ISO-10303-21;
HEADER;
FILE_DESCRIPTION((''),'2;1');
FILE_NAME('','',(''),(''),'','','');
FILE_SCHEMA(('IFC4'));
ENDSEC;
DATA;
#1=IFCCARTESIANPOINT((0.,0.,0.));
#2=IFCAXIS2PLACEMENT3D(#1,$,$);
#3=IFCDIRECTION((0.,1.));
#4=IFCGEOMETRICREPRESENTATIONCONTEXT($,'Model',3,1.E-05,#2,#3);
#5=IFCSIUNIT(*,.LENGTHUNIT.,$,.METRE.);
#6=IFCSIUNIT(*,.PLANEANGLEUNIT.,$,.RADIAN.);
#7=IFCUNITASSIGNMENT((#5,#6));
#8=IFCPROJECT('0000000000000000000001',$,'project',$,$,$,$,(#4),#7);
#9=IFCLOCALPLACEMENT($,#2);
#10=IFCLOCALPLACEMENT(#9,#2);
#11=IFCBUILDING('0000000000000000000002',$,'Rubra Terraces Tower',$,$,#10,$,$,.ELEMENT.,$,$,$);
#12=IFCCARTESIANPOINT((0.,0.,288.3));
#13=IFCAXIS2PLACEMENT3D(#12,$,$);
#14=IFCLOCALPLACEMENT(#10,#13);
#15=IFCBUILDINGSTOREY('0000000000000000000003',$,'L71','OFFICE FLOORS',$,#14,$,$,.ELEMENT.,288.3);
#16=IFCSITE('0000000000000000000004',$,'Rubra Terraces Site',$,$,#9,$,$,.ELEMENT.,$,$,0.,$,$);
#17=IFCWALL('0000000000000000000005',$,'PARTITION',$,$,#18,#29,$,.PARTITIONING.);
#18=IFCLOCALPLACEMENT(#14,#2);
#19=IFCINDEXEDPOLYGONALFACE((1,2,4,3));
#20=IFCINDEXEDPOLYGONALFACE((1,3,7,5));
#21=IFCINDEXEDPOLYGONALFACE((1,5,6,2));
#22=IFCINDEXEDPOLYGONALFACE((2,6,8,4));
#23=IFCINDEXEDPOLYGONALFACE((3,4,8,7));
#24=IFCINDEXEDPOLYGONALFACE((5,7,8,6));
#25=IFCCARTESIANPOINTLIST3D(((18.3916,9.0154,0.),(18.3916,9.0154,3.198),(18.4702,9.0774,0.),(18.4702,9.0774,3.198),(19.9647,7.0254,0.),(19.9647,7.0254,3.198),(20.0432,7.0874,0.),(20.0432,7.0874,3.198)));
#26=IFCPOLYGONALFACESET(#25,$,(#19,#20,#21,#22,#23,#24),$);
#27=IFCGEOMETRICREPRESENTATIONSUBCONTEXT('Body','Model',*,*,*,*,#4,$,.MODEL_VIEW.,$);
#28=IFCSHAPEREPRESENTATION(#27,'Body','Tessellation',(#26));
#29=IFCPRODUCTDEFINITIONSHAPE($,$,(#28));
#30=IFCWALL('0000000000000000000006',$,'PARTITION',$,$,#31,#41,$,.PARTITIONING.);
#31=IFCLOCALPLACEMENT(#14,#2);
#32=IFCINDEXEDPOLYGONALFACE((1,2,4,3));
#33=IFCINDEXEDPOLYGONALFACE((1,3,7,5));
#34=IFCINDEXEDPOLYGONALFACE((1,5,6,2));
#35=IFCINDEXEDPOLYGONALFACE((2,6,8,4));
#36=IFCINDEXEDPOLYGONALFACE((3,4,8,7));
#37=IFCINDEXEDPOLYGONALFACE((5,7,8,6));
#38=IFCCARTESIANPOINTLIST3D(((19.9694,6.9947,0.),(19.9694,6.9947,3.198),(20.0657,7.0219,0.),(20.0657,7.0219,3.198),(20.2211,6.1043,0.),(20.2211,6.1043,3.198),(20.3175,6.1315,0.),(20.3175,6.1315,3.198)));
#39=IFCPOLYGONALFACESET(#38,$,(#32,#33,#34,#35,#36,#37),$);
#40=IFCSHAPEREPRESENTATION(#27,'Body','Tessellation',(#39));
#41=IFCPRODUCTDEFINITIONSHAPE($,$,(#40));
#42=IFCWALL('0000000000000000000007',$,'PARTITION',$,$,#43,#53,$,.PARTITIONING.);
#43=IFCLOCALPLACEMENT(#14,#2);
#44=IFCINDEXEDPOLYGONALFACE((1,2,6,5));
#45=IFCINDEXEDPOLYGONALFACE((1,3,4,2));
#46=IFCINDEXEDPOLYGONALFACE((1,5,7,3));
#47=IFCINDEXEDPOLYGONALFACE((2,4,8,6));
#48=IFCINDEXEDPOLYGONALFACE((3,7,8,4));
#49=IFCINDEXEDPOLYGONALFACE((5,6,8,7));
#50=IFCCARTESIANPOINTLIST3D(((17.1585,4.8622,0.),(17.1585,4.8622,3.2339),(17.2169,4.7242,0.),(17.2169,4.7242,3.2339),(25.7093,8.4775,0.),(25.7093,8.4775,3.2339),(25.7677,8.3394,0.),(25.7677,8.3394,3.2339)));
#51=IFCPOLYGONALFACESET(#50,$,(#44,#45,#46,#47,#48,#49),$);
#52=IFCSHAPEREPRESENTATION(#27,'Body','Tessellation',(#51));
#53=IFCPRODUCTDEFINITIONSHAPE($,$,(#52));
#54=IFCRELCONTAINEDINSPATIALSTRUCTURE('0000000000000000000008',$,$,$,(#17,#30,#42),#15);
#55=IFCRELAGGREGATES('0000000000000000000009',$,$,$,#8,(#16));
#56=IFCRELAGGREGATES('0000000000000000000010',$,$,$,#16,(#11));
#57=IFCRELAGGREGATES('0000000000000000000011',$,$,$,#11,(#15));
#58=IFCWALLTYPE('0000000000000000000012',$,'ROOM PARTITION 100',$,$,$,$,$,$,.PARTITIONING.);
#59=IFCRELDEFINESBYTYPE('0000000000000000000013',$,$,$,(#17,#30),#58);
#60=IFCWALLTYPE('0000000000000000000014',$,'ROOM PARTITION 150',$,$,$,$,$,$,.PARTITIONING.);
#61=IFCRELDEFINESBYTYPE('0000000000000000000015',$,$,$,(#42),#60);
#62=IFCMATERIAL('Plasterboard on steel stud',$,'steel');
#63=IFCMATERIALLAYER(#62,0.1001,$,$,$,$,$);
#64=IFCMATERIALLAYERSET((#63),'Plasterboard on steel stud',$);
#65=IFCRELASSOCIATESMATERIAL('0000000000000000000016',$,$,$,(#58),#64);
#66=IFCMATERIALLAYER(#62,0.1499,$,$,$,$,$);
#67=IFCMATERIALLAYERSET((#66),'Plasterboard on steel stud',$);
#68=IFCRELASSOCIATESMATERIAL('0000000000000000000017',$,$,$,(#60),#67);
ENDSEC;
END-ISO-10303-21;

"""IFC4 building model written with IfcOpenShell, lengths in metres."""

from ifc_helpers import new_model, si_unit, direction, frame, frame_2d, origin, place, context, subcontext, project, spatial, rectangle, extrude, material, layer, layer_set, type_object, element, save


model = new_model("IFC4")

# Units and contexts
model_context = context("Model", 3, precision=1e-05, world=origin(), true_north=direction((0.0, 1.0)))
body_context = subcontext(model_context, "Body", "Model", "MODEL_VIEW")
ifc_project = project(units=[si_unit("LENGTHUNIT", "METRE"), si_unit("PLANEANGLEUNIT", "RADIAN")], contexts=[model_context])

# Site, building, storey
site_placement = place(None, origin())
site = spatial("IfcSite", under=ifc_project, at=site_placement, Name="Rubra Terraces Site", CompositionType="ELEMENT", RefElevation=0.0)
building_placement = place(site_placement, origin())
building = spatial("IfcBuilding", under=site, at=building_placement, Name="Rubra Terraces Tower", CompositionType="ELEMENT")
storey_placement = place(building_placement, frame((0.0, 0.0, 288.3)))
storey = spatial("IfcBuildingStorey", under=building, at=storey_placement, Name="L71", Description="OFFICE FLOORS", CompositionType="ELEMENT", Elevation=288.3)

# Shared definitions
ifc_material_1 = material(Name="Plasterboard on steel stud", Category="steel")
ifc_layer_1 = layer(ifc_material_1, 0.1001)
ifc_layer_set_1 = layer_set([ifc_layer_1], Name="Plasterboard on steel stud")
wall_type_1 = type_object("IfcWallType", Name="ROOM PARTITION 100", PredefinedType="PARTITIONING", material=ifc_layer_set_1)

# Walls
wall_1_placement = place(storey_placement, frame((18.4309, 9.0464, 0.0), z_axis=(0.0, 0.0, 1.0), x_axis=(0.620119, -0.784508, 0.0)))
element("IfcWall", 1, at=wall_1_placement, inside=storey, type_object=wall_type_1, Name="PARTITION", PredefinedType="PARTITIONING", context=body_context, shape_type="SweptSolid", body=[
    extrude(rectangle(XDim=2.5366, YDim=0.1001, at=frame_2d((1.2683, 0.0))), origin(), (0.0, 0.0, 1.0), 3.198),
])
wall_2_placement = place(storey_placement, frame((20.0176, 7.0083, 0.0), z_axis=(0.0, 0.0, 1.0), x_axis=(0.272037, -0.962287, 0.0)))
element("IfcWall", 2, at=wall_2_placement, inside=storey, type_object=wall_type_1, Name="PARTITION", PredefinedType="PARTITIONING", context=body_context, shape_type="SweptSolid", body=[
    extrude(rectangle(XDim=0.9253, YDim=0.1001, at=frame_2d((0.4626, 0.0))), origin(), (0.0, 0.0, 1.0), 3.198),
])
ifc_layer_2 = layer(ifc_material_1, 0.1499)
ifc_layer_set_2 = layer_set([ifc_layer_2], Name="Plasterboard on steel stud")
wall_type_2 = type_object("IfcWallType", Name="ROOM PARTITION 150", PredefinedType="PARTITIONING", material=ifc_layer_set_2)
wall_3_placement = place(storey_placement, frame((25.7385, 8.4084, 0.0), z_axis=(0.0, 0.0, 1.0), x_axis=(-0.92106, -0.38942, 0.0)))
element("IfcWall", 3, at=wall_3_placement, inside=storey, type_object=wall_type_2, Name="PARTITION", PredefinedType="PARTITIONING", context=body_context, shape_type="SweptSolid", body=[
    extrude(rectangle(XDim=9.2837, YDim=0.1499, at=frame_2d((4.6418, 0.0))), origin(), (0.0, 0.0, 1.0), 3.2339),
])

save(model, "model.ifc")
